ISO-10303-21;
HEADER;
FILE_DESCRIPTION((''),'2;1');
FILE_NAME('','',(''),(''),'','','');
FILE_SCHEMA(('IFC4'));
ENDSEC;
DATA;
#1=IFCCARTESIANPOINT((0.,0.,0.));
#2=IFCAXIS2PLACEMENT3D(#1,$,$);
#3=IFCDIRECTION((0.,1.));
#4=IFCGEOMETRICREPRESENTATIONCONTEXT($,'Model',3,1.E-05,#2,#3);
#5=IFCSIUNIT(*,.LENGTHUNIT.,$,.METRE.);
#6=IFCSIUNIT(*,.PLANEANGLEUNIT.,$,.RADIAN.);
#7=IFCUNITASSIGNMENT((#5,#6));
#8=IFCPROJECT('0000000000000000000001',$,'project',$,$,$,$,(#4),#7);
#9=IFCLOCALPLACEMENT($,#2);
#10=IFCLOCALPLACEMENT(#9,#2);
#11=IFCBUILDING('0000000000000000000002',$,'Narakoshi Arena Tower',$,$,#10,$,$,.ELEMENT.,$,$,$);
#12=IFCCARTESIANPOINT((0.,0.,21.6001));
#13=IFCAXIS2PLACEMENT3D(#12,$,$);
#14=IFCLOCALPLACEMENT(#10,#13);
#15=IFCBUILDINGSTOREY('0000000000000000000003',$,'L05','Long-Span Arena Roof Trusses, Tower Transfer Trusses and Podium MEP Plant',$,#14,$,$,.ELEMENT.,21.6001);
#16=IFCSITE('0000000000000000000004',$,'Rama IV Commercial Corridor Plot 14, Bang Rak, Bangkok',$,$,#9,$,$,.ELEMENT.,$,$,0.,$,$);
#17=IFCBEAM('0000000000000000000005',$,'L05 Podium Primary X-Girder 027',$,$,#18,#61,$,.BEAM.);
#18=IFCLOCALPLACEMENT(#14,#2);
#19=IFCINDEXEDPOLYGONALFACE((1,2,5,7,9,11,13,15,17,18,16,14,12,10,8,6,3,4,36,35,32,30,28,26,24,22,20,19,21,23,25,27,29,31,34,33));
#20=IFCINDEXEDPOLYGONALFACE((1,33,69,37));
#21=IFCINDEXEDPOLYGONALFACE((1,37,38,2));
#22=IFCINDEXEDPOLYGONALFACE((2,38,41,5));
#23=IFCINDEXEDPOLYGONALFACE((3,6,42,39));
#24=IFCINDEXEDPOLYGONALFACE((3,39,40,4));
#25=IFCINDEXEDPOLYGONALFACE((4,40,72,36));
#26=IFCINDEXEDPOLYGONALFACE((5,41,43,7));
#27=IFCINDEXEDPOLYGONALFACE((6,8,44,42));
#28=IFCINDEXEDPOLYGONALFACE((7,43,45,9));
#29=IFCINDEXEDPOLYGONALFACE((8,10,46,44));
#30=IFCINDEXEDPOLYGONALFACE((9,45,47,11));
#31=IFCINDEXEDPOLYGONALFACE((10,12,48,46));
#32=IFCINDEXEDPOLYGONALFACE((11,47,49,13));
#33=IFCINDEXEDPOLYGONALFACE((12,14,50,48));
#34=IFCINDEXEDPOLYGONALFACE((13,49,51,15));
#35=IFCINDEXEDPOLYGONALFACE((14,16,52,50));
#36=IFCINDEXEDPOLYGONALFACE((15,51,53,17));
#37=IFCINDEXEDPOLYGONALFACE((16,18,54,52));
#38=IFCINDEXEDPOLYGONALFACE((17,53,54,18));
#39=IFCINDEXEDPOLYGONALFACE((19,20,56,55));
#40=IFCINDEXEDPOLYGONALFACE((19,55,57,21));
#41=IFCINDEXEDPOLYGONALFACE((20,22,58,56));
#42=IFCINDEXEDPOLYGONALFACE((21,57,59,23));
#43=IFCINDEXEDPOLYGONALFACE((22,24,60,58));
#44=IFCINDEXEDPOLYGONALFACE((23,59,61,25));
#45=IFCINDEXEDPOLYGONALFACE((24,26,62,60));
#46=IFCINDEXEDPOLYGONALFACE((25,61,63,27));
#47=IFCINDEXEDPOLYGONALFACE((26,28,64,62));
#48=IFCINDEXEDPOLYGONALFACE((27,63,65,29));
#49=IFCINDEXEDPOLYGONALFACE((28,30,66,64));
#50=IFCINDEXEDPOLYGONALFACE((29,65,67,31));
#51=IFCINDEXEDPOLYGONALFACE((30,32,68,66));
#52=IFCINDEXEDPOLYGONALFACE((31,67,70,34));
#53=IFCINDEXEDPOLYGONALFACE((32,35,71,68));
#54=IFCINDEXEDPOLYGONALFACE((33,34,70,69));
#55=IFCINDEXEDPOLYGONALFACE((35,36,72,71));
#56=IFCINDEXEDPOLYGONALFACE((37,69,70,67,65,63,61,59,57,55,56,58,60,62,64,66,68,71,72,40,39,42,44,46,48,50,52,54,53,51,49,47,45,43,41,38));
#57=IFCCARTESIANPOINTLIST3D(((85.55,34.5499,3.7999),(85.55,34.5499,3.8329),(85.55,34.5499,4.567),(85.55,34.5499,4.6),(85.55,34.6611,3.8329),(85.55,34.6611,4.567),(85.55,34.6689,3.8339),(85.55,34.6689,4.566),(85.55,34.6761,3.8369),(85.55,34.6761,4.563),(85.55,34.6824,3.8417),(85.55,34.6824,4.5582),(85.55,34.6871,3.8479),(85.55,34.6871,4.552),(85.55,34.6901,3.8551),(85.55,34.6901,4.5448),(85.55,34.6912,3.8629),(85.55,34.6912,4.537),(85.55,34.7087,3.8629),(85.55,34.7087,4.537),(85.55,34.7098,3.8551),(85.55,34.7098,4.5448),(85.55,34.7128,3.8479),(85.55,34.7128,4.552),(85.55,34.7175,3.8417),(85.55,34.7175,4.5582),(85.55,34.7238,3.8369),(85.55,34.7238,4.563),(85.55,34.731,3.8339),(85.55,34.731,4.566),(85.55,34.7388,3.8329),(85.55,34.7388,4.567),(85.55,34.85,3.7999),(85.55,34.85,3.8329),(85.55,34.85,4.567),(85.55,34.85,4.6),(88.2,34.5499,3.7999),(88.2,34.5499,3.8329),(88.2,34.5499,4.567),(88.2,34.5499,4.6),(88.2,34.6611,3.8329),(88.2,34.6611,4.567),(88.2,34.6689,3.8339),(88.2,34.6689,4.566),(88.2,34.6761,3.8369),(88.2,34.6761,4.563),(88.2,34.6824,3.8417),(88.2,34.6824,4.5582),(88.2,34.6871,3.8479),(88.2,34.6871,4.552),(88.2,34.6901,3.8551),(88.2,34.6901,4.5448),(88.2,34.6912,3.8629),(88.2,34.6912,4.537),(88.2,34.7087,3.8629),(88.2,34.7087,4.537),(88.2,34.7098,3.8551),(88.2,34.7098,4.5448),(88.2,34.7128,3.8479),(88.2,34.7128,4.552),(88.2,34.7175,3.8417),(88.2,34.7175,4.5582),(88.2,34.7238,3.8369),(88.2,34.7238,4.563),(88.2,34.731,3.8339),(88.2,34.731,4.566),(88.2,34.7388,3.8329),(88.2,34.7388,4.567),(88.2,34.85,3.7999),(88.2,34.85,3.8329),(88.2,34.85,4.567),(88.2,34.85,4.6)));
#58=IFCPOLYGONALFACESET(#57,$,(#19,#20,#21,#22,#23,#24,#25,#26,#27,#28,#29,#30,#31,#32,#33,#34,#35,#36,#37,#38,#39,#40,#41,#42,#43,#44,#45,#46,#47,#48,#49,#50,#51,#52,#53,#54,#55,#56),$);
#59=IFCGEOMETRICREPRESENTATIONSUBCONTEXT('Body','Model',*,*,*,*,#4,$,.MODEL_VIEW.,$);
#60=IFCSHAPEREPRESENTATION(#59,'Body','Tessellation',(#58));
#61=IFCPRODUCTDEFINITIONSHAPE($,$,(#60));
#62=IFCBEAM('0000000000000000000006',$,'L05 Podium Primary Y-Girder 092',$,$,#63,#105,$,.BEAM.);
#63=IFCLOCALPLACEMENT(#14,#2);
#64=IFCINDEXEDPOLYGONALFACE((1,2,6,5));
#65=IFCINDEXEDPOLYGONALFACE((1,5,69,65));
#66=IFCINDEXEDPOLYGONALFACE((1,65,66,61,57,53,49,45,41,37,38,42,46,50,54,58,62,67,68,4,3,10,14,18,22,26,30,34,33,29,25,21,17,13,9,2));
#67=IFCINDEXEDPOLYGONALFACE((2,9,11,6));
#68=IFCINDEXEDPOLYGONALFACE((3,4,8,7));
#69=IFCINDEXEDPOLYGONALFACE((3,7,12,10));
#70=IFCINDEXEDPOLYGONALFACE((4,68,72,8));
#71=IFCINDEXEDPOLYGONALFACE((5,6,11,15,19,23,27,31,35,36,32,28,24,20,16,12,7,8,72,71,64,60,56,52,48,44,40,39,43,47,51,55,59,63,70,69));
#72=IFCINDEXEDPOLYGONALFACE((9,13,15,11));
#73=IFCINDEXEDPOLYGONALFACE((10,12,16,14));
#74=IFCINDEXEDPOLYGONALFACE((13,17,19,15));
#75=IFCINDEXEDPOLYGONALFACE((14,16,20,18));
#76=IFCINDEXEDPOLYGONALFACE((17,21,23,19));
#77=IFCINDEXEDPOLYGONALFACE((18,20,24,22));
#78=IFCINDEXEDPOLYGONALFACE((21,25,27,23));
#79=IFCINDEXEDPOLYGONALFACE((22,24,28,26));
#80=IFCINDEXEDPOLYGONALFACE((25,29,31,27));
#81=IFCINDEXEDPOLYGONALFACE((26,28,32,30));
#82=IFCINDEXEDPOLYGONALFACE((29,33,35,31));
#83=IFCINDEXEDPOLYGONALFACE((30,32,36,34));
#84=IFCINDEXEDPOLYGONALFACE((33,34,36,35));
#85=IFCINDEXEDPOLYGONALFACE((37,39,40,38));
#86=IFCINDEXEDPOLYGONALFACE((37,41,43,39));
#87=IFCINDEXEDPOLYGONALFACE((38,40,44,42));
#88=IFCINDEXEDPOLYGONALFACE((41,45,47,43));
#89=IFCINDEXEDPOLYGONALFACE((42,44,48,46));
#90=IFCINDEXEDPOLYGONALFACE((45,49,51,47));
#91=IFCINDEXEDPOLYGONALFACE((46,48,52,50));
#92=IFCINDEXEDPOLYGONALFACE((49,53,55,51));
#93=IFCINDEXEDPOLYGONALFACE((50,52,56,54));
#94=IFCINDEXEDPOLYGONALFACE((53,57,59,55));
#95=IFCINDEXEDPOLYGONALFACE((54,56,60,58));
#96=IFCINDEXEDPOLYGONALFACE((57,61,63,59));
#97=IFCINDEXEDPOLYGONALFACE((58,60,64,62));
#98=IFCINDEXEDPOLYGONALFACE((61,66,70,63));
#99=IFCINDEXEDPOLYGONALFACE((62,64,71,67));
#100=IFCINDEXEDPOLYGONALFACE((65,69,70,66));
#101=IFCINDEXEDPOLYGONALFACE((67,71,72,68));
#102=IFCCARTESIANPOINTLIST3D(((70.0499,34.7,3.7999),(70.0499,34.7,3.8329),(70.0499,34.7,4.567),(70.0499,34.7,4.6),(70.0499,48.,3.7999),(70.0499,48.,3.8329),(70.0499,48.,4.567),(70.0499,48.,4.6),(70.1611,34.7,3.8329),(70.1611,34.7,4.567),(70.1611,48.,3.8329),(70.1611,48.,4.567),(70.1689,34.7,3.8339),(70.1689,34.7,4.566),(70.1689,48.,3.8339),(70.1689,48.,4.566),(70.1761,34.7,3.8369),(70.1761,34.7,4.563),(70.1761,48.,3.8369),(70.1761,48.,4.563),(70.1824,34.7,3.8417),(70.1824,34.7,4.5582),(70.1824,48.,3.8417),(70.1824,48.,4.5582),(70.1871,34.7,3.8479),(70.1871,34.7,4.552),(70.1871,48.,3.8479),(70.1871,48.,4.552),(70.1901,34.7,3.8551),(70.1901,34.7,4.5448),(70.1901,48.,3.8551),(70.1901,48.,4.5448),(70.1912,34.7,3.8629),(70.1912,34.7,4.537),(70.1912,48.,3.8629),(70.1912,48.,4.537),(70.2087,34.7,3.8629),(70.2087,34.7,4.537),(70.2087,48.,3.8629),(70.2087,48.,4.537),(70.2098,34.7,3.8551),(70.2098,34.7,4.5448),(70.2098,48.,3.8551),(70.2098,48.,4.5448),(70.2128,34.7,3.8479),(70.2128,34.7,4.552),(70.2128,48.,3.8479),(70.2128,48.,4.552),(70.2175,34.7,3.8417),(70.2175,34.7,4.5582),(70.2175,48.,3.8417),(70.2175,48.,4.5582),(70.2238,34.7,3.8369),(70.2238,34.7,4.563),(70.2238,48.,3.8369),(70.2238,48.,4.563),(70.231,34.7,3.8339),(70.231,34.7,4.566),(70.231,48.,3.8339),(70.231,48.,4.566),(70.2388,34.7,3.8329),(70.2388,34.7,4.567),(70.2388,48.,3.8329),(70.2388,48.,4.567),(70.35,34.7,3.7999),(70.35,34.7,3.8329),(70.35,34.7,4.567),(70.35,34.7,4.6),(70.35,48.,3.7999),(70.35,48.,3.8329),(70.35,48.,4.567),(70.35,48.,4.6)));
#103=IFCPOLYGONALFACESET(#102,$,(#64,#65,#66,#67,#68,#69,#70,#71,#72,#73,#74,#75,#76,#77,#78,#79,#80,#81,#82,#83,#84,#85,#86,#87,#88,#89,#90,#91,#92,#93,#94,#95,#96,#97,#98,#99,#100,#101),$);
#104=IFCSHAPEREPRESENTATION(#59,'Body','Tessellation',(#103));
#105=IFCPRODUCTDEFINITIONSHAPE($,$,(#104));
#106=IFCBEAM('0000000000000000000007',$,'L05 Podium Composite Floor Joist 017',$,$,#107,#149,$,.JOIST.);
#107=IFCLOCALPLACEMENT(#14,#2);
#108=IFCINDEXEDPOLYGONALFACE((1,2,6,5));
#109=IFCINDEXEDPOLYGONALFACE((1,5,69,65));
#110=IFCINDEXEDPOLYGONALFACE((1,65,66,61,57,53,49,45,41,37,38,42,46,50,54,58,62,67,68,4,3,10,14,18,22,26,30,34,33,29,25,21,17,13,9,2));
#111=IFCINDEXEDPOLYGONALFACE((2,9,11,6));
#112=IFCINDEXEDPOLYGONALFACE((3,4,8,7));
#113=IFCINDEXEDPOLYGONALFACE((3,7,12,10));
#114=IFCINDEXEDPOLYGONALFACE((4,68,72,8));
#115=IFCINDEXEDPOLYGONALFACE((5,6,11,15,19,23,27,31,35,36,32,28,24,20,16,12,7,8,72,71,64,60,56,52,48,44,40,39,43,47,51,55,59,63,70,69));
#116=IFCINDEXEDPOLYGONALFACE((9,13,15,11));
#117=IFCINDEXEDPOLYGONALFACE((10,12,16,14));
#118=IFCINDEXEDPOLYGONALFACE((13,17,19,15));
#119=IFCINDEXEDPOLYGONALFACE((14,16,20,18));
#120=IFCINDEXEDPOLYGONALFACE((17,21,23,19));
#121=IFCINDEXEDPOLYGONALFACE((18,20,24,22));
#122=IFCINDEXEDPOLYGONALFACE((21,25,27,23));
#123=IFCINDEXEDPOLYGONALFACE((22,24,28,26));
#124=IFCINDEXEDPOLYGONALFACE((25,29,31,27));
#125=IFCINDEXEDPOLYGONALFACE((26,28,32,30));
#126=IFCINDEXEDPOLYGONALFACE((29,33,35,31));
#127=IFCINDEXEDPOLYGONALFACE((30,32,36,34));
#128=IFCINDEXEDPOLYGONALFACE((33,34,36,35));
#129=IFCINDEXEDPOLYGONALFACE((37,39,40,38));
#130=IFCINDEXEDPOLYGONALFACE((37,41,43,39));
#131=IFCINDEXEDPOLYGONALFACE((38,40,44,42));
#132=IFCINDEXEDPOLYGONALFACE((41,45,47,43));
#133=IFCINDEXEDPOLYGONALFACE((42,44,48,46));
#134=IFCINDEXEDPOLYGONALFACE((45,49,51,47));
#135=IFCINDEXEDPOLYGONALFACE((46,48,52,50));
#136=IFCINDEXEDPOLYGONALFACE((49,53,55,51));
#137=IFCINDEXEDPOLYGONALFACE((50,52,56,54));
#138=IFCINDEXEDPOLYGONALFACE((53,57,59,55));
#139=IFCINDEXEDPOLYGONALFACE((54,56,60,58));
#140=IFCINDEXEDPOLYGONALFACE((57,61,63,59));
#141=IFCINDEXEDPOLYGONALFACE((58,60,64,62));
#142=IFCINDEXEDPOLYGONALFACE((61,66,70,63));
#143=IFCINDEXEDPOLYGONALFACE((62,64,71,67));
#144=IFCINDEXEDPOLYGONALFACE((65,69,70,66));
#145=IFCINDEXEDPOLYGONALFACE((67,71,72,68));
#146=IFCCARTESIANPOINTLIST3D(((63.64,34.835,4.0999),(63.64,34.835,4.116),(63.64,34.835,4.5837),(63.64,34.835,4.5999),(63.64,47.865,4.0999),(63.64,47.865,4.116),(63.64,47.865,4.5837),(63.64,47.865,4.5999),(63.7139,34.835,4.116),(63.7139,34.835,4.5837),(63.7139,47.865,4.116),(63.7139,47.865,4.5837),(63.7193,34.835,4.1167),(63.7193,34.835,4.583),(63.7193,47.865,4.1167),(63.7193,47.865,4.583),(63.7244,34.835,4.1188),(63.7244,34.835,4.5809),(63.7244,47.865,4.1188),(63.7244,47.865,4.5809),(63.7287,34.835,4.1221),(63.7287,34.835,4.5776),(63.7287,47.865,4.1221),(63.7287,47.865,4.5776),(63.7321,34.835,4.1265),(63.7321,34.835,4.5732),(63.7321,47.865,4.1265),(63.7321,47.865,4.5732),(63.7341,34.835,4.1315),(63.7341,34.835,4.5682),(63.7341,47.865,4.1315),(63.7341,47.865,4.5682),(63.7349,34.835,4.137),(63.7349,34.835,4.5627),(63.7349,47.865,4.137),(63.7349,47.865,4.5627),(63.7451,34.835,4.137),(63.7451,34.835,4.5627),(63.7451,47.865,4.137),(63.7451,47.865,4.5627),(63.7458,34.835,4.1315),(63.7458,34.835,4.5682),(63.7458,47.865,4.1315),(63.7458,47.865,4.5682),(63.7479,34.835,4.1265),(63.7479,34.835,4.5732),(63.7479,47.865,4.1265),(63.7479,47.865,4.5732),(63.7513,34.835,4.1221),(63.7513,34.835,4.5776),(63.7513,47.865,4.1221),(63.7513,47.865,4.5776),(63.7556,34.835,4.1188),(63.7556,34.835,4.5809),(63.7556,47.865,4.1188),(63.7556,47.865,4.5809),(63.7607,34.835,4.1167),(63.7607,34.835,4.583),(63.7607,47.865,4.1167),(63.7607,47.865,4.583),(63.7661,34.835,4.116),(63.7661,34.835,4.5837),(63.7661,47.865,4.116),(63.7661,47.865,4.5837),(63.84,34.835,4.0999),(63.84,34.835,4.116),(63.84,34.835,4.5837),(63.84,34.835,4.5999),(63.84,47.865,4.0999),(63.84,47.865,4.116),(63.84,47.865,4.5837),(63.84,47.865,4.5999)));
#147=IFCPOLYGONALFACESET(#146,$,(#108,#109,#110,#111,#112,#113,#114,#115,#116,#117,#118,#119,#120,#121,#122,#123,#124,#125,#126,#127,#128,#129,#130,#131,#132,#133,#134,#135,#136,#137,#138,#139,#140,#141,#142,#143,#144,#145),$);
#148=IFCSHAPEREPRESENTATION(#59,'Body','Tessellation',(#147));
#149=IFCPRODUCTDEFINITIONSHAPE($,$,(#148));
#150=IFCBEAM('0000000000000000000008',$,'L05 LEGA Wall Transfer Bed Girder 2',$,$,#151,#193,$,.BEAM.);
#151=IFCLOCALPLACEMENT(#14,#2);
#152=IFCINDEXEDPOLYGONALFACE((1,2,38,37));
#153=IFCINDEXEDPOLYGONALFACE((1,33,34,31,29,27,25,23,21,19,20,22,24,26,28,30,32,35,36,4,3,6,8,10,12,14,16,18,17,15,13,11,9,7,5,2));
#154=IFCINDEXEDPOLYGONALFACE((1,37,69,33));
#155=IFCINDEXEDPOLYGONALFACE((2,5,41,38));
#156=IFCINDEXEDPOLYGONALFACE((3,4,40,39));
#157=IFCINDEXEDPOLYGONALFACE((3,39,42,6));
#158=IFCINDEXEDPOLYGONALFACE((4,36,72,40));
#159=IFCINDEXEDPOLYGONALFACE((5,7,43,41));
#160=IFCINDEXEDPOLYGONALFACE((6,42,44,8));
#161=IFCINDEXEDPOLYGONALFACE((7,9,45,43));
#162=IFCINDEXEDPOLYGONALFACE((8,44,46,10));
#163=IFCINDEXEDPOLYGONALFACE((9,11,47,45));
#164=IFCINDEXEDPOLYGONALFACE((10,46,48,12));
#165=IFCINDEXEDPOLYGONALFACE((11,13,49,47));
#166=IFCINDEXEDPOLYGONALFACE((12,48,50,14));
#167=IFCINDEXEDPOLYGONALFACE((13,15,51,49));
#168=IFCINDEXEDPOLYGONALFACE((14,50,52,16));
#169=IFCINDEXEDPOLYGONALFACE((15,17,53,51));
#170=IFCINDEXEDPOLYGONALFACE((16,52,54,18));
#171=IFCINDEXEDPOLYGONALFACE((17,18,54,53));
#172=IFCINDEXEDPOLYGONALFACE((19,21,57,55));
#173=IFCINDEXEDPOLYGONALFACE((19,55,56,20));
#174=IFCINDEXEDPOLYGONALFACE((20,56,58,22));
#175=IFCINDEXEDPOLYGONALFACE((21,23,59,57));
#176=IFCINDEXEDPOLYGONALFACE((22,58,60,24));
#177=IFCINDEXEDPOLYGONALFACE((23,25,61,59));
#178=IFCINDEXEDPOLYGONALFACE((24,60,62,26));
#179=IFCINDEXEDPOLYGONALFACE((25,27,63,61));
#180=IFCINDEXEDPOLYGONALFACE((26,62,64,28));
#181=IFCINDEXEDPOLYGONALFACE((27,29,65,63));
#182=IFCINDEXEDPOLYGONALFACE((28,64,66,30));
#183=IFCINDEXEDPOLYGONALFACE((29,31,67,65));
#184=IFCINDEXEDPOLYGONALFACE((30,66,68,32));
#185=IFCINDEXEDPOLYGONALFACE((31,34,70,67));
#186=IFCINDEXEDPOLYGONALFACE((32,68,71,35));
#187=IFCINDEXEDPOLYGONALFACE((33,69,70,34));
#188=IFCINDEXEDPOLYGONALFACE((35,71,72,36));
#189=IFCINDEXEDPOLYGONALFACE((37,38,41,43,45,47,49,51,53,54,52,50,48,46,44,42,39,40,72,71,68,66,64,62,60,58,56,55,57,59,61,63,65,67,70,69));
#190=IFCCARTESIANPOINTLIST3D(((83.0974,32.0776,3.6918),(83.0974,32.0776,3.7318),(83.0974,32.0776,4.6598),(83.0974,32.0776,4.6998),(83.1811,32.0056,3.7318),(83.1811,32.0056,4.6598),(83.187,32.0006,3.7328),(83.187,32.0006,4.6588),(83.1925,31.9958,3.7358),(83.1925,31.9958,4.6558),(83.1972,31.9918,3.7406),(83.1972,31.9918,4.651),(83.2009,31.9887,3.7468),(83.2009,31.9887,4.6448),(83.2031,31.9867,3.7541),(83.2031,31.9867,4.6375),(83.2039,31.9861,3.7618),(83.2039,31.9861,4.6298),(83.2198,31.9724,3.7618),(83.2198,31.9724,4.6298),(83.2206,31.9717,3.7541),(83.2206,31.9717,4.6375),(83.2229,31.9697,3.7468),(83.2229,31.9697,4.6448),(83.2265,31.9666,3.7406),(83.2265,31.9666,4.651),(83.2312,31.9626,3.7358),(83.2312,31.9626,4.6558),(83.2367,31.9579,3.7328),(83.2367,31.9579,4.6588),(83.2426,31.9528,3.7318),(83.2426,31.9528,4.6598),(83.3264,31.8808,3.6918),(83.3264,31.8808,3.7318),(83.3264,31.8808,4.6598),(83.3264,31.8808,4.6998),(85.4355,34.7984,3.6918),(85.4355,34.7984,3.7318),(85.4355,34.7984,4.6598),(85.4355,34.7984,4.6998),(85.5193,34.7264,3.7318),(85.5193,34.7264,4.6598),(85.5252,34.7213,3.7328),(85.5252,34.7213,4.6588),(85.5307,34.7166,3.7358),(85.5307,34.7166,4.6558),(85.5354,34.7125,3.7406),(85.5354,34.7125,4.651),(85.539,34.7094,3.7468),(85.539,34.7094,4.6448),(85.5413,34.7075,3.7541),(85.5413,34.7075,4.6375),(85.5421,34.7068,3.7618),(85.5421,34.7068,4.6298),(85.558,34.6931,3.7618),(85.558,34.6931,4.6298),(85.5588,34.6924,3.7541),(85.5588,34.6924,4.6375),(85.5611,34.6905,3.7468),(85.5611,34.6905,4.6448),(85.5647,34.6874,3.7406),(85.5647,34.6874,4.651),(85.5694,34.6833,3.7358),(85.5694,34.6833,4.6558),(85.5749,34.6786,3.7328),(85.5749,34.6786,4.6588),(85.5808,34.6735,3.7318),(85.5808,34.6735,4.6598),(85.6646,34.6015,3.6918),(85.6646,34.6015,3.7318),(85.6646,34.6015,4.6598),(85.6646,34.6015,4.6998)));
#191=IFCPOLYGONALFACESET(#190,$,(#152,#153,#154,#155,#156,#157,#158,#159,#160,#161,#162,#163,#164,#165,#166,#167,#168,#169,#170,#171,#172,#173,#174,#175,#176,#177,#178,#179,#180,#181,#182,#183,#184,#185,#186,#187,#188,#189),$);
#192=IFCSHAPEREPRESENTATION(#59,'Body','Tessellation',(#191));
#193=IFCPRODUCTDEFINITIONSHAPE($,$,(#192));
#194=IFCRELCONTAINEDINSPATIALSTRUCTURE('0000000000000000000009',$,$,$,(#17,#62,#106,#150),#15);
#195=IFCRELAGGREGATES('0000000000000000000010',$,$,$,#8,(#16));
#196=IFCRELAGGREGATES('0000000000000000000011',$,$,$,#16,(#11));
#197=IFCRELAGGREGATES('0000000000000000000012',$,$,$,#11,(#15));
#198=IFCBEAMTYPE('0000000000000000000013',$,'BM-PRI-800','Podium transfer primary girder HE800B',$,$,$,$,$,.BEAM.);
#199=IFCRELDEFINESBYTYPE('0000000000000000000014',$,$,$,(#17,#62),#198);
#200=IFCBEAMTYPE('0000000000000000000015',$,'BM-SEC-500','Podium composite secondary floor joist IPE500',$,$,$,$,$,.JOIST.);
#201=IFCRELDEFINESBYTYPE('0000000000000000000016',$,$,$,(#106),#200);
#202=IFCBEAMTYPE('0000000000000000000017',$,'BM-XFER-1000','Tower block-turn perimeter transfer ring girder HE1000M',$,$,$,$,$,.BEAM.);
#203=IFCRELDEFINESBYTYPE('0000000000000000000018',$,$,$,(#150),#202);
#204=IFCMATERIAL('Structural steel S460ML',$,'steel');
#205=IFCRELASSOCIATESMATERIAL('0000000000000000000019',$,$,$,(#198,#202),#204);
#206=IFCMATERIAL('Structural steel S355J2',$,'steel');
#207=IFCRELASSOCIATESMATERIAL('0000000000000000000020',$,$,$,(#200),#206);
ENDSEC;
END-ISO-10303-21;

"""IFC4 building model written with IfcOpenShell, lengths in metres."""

from ifc_helpers import new_model, si_unit, direction, frame, origin, origin_2d, place, context, subcontext, project, spatial, i_section, extrude, material, material_profile, profile_set, type_object, element, save


model = new_model("IFC4")

# Units and contexts
model_context = context("Model", 3, precision=1e-05, world=origin(), true_north=direction((0.0, 1.0)))
body_context = subcontext(model_context, "Body", "Model", "MODEL_VIEW")
ifc_project = project(units=[si_unit("LENGTHUNIT", "METRE"), si_unit("PLANEANGLEUNIT", "RADIAN")], contexts=[model_context])

# Site, building, storey
site_placement = place(None, origin())
site = spatial("IfcSite", under=ifc_project, at=site_placement, Name="Rama IV Commercial Corridor Plot 14, Bang Rak, Bangkok", CompositionType="ELEMENT", RefElevation=0.0)
building_placement = place(site_placement, origin())
building = spatial("IfcBuilding", under=site, at=building_placement, Name="Narakoshi Arena Tower", CompositionType="ELEMENT")
storey_placement = place(building_placement, frame((0.0, 0.0, 21.6001)))
storey = spatial("IfcBuildingStorey", under=building, at=storey_placement, Name="L05", Description="Long-Span Arena Roof Trusses, Tower Transfer Trusses and Podium MEP Plant", CompositionType="ELEMENT", Elevation=21.6001)

# Shared definitions
ifc_material_1 = material(Name="Structural steel S355J2", Category="steel")

# Beams
ifc_material_2 = material(Name="Structural steel S460ML", Category="steel")
ifc_material_profile_1 = material_profile(ifc_material_2, i_section(OverallWidth=0.3, OverallDepth=0.8, WebThickness=0.0176, FlangeThickness=0.033, FilletRadius=0.03, at=origin_2d()), Name="HE800B")
ifc_profile_set_1 = profile_set([ifc_material_profile_1], Name="Structural steel S460ML")
beam_type_1 = type_object("IfcBeamType", Name="BM-PRI-800", Description="Podium transfer primary girder HE800B", PredefinedType="BEAM", material=ifc_profile_set_1)
beam_1_placement = place(storey_placement, frame((85.55, 34.7, 4.2), z_axis=(1.0, 0.0, 0.0), x_axis=(0.0, 1.0, 0.0)))
element("IfcBeam", 1, at=beam_1_placement, inside=storey, type_object=beam_type_1, Name="L05 Podium Primary X-Girder 027", PredefinedType="BEAM", context=body_context, shape_type="SweptSolid", body=[
    extrude(i_section(OverallWidth=0.3, OverallDepth=0.8, WebThickness=0.0176, FlangeThickness=0.033, FilletRadius=0.03, at=origin_2d()), origin(), (0.0, 0.0, 1.0), 2.6499),
])
beam_2_placement = place(storey_placement, frame((70.2, 34.7, 4.2), z_axis=(0.0, 1.0, 0.0), x_axis=(-1.0, 0.0, 0.0)))
element("IfcBeam", 2, at=beam_2_placement, inside=storey, type_object=beam_type_1, Name="L05 Podium Primary Y-Girder 092", PredefinedType="BEAM", context=body_context, shape_type="SweptSolid", body=[
    extrude(i_section(OverallWidth=0.3, OverallDepth=0.8, WebThickness=0.0176, FlangeThickness=0.033, FilletRadius=0.03, at=origin_2d()), origin(), (0.0, 0.0, 1.0), 13.3),
])
ifc_material_profile_2 = material_profile(ifc_material_1, i_section(OverallWidth=0.2, OverallDepth=0.5, WebThickness=0.0103, FlangeThickness=0.0161, FilletRadius=0.021, at=origin_2d()), Name="IPE500")
ifc_profile_set_2 = profile_set([ifc_material_profile_2], Name="Structural steel S355J2")
beam_type_2 = type_object("IfcBeamType", Name="BM-SEC-500", Description="Podium composite secondary floor joist IPE500", PredefinedType="JOIST", material=ifc_profile_set_2)
beam_3_placement = place(storey_placement, frame((63.74, 34.835, 4.3499), z_axis=(0.0, 1.0, 0.0), x_axis=(-1.0, 0.0, 0.0)))
element("IfcBeam", 3, at=beam_3_placement, inside=storey, type_object=beam_type_2, Name="L05 Podium Composite Floor Joist 017", PredefinedType="JOIST", context=body_context, shape_type="SweptSolid", body=[
    extrude(i_section(OverallWidth=0.2, OverallDepth=0.5, WebThickness=0.0103, FlangeThickness=0.0161, FilletRadius=0.021, at=origin_2d()), origin(), (0.0, 0.0, 1.0), 13.03),
])
ifc_material_profile_3 = material_profile(ifc_material_2, i_section(OverallWidth=0.302, OverallDepth=1.0081, WebThickness=0.021, FlangeThickness=0.04, FilletRadius=0.03, at=origin_2d()), Name="HE1000M")
ifc_profile_set_3 = profile_set([ifc_material_profile_3], Name="Structural steel S460ML")
beam_type_3 = type_object("IfcBeamType", Name="BM-XFER-1000", Description="Tower block-turn perimeter transfer ring girder HE1000M", PredefinedType="BEAM", material=ifc_profile_set_3)
beam_4_placement = place(storey_placement, frame((85.55, 34.7, 4.1958), z_axis=(-0.651772, -0.758415, 0.0), x_axis=(0.758415, -0.651772, 0.0)))
element("IfcBeam", 4, at=beam_4_placement, inside=storey, type_object=beam_type_3, Name="L05 LEGA Wall Transfer Bed Girder 2", PredefinedType="BEAM", context=body_context, shape_type="SweptSolid", body=[
    extrude(i_section(OverallWidth=0.302, OverallDepth=1.0081, WebThickness=0.021, FlangeThickness=0.04, FilletRadius=0.03, at=origin_2d()), origin(), (0.0, 0.0, 1.0), 3.5874),
])

save(model, "model.ifc")
